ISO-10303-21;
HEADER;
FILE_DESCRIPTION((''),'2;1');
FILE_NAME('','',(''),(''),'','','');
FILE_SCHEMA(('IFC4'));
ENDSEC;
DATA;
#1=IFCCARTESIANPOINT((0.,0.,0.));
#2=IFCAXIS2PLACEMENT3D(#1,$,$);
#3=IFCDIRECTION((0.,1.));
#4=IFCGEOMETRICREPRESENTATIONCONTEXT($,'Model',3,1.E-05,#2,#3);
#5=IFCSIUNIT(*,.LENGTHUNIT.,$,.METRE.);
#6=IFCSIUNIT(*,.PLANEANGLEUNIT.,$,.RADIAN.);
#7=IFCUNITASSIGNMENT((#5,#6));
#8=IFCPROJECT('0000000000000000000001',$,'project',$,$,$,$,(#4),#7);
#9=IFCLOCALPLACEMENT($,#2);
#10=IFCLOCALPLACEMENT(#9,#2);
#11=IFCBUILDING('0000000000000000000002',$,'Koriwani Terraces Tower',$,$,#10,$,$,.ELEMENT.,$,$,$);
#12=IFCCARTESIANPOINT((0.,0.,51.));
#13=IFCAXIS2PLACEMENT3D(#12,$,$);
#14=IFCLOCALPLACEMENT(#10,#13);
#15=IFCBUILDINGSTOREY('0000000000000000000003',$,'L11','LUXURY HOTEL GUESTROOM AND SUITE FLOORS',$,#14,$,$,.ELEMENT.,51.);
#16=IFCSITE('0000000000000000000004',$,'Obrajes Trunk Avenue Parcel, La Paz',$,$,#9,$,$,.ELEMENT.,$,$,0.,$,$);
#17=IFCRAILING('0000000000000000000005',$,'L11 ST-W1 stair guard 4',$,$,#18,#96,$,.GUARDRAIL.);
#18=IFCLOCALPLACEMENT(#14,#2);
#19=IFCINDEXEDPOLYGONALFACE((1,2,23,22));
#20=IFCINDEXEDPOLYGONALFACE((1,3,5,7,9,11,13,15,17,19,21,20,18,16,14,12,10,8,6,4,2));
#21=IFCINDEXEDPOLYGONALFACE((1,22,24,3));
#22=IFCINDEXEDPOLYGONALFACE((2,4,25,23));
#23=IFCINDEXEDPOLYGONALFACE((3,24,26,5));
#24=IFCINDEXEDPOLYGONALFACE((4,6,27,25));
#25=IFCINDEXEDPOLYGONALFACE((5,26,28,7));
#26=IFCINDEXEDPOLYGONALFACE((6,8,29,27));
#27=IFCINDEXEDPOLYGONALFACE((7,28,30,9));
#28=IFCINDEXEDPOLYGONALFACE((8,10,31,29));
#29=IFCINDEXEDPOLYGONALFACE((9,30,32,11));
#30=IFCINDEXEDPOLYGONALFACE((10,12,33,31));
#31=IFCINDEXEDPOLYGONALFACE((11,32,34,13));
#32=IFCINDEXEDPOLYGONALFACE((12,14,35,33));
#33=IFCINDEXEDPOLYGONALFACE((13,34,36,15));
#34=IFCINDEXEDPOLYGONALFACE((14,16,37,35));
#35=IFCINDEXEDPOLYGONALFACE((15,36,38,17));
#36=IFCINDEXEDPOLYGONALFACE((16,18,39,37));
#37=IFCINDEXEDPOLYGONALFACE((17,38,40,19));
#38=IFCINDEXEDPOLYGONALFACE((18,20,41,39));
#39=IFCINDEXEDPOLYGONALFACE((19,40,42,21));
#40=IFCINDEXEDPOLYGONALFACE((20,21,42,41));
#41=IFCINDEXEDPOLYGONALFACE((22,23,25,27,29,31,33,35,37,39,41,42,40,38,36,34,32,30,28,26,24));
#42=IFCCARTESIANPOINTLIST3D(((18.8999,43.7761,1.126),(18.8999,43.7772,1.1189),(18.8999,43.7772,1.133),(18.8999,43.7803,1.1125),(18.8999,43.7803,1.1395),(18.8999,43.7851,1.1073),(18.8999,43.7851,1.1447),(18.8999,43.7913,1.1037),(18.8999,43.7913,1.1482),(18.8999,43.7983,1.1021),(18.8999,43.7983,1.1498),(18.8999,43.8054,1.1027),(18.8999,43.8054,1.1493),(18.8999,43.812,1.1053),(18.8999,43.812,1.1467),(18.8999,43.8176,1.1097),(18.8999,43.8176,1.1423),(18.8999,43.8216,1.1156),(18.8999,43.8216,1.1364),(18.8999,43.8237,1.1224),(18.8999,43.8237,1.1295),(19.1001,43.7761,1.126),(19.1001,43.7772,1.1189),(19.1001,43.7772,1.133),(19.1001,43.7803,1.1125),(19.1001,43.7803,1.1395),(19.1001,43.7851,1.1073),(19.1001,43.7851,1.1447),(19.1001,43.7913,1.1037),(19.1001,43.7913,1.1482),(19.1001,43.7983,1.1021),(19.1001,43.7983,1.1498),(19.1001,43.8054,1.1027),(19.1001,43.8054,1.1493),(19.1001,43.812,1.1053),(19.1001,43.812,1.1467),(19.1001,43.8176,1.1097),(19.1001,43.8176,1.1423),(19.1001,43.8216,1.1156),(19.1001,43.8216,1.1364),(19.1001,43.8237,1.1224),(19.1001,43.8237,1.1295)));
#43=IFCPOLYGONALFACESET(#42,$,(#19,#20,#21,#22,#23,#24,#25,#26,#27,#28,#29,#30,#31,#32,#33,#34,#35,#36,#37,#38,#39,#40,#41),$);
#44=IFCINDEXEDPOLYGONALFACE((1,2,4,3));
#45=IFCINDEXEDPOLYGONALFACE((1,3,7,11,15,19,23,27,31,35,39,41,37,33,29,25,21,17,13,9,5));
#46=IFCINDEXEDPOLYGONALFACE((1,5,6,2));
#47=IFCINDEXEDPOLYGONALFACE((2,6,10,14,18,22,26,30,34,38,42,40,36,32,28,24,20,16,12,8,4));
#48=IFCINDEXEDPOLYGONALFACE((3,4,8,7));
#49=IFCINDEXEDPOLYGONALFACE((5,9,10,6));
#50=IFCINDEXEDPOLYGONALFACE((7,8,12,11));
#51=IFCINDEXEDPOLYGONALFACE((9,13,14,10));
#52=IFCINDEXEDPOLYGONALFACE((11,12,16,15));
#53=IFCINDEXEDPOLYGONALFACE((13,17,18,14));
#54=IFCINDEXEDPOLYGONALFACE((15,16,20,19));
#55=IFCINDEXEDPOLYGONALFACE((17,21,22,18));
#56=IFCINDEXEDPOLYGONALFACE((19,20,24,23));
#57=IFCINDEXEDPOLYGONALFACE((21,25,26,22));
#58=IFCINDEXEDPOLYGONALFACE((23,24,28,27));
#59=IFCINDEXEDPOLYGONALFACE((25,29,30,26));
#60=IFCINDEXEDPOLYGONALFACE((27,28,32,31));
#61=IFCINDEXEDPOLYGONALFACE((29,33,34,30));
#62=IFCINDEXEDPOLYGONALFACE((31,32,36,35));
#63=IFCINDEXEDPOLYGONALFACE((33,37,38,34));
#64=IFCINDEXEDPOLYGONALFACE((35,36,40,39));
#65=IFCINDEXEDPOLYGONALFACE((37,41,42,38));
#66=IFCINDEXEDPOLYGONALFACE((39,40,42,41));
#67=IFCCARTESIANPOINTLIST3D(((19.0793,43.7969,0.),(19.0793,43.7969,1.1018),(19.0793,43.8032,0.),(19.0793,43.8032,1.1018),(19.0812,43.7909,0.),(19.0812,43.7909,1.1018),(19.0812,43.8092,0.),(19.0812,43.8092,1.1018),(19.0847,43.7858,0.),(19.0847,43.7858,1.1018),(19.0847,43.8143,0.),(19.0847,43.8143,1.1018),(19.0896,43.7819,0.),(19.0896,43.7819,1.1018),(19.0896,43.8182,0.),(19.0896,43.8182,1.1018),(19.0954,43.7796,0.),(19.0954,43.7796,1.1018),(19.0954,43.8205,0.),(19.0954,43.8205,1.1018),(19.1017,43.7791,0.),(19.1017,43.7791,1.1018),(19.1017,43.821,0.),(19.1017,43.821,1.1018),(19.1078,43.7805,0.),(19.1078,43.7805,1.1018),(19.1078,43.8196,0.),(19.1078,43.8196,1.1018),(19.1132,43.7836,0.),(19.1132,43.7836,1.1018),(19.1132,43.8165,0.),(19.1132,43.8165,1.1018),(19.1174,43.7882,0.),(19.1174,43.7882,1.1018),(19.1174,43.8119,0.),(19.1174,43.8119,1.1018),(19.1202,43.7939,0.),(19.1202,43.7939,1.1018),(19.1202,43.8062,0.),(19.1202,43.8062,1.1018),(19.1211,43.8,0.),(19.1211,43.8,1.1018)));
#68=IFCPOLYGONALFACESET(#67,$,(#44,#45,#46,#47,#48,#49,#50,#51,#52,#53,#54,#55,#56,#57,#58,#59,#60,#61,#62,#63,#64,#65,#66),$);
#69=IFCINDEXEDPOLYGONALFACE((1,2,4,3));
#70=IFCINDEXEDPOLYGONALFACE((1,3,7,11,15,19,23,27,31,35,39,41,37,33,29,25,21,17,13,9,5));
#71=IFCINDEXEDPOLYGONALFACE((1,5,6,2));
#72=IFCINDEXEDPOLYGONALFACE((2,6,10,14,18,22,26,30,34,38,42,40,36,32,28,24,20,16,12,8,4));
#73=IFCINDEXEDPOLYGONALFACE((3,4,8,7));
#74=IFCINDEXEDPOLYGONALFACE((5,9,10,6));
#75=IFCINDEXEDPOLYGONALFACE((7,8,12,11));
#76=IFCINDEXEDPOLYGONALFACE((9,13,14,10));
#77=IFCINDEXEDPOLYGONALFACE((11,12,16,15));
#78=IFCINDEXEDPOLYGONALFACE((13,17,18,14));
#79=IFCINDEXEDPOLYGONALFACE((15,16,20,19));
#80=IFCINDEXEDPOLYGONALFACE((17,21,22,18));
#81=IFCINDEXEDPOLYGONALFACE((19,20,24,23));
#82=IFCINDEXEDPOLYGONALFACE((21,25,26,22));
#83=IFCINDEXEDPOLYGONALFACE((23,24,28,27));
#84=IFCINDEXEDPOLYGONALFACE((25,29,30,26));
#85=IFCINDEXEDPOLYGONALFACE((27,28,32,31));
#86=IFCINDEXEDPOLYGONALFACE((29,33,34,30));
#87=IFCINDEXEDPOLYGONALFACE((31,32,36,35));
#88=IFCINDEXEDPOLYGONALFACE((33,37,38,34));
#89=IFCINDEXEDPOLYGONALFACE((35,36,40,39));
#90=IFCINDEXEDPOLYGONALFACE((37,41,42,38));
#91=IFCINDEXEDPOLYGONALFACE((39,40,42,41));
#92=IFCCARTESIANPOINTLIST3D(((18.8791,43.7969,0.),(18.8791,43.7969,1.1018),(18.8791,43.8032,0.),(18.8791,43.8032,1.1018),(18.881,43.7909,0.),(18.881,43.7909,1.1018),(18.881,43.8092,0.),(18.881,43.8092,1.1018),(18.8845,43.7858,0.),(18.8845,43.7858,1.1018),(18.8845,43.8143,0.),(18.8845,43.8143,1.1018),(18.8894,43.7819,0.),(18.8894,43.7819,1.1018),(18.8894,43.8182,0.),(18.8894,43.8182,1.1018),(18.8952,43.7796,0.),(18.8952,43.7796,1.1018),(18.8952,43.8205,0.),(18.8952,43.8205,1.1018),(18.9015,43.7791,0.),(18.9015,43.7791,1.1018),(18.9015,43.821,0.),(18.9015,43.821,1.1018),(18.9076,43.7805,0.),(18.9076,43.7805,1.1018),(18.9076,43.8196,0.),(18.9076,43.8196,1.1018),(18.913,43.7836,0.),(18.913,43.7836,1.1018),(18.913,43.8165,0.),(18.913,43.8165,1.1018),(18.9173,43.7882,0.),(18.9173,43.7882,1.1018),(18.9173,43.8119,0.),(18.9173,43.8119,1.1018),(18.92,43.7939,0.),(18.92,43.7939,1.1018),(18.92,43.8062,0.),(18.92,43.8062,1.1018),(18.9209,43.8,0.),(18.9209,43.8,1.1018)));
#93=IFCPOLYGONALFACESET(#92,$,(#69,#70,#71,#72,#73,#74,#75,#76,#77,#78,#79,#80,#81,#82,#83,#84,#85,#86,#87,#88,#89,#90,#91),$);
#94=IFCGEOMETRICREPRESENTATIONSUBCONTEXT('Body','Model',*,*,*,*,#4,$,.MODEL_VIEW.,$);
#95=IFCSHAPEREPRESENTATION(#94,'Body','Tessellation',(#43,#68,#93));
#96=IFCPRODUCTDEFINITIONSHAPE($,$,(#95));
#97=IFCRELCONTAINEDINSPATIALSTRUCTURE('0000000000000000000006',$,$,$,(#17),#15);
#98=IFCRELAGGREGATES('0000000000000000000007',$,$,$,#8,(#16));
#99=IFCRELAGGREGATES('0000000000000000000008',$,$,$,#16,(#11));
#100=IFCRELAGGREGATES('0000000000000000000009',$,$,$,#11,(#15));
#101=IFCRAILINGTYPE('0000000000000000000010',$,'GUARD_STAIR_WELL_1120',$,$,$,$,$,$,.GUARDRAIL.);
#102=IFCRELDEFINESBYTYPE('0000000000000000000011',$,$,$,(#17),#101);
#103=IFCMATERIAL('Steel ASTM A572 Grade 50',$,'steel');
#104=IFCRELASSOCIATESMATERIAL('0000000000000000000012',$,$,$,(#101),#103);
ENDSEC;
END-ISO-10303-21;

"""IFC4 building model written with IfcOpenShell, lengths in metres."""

from ifc_helpers import new_model, si_unit, direction, frame, origin, origin_2d, place, context, subcontext, project, spatial, circle, extrude, material, type_object, element, save


model = new_model("IFC4")

# Units and contexts
model_context = context("Model", 3, precision=1e-05, world=origin(), true_north=direction((0.0, 1.0)))
body_context = subcontext(model_context, "Body", "Model", "MODEL_VIEW")
ifc_project = project(units=[si_unit("LENGTHUNIT", "METRE"), si_unit("PLANEANGLEUNIT", "RADIAN")], contexts=[model_context])

# Site, building, storey
site_placement = place(None, origin())
site = spatial("IfcSite", under=ifc_project, at=site_placement, Name="Obrajes Trunk Avenue Parcel, La Paz", CompositionType="ELEMENT", RefElevation=0.0)
building_placement = place(site_placement, origin())
building = spatial("IfcBuilding", under=site, at=building_placement, Name="Koriwani Terraces Tower", CompositionType="ELEMENT")
storey_placement = place(building_placement, frame((0.0, 0.0, 51.0)))
storey = spatial("IfcBuildingStorey", under=building, at=storey_placement, Name="L11", Description="LUXURY HOTEL GUESTROOM AND SUITE FLOORS", CompositionType="ELEMENT", Elevation=51.0)

# Shared definitions
ifc_material_1 = material(Name="Steel ASTM A572 Grade 50", Category="steel")

# Railing
railing_type_1 = type_object("IfcRailingType", Name="GUARD_STAIR_WELL_1120", PredefinedType="GUARDRAIL", material=ifc_material_1)
railing_1_placement = place(storey_placement, frame((19.1001, 43.8, 0.0)))
element("IfcRailing", 1, at=railing_1_placement, inside=storey, type_object=railing_type_1, Name="L11 ST-W1 stair guard 4", PredefinedType="GUARDRAIL", context=body_context, shape_type="SweptSolid", body=[
    extrude(circle(Radius=0.0239, at=origin_2d()), frame((0.0, 0.0, 1.126), z_axis=(-1.0, 0.0, 0.0), x_axis=(0.0, -1.0, 0.0)), (0.0, 0.0, 1.0), 0.2002),
    extrude(circle(Radius=0.021, at=origin_2d()), origin(), (0.0, 0.0, 1.0), 1.1018),
    extrude(circle(Radius=0.021, at=origin_2d()), frame((-0.2002, 0.0, 0.0)), (0.0, 0.0, 1.0), 1.1018),
])

save(model, "model.ifc")
